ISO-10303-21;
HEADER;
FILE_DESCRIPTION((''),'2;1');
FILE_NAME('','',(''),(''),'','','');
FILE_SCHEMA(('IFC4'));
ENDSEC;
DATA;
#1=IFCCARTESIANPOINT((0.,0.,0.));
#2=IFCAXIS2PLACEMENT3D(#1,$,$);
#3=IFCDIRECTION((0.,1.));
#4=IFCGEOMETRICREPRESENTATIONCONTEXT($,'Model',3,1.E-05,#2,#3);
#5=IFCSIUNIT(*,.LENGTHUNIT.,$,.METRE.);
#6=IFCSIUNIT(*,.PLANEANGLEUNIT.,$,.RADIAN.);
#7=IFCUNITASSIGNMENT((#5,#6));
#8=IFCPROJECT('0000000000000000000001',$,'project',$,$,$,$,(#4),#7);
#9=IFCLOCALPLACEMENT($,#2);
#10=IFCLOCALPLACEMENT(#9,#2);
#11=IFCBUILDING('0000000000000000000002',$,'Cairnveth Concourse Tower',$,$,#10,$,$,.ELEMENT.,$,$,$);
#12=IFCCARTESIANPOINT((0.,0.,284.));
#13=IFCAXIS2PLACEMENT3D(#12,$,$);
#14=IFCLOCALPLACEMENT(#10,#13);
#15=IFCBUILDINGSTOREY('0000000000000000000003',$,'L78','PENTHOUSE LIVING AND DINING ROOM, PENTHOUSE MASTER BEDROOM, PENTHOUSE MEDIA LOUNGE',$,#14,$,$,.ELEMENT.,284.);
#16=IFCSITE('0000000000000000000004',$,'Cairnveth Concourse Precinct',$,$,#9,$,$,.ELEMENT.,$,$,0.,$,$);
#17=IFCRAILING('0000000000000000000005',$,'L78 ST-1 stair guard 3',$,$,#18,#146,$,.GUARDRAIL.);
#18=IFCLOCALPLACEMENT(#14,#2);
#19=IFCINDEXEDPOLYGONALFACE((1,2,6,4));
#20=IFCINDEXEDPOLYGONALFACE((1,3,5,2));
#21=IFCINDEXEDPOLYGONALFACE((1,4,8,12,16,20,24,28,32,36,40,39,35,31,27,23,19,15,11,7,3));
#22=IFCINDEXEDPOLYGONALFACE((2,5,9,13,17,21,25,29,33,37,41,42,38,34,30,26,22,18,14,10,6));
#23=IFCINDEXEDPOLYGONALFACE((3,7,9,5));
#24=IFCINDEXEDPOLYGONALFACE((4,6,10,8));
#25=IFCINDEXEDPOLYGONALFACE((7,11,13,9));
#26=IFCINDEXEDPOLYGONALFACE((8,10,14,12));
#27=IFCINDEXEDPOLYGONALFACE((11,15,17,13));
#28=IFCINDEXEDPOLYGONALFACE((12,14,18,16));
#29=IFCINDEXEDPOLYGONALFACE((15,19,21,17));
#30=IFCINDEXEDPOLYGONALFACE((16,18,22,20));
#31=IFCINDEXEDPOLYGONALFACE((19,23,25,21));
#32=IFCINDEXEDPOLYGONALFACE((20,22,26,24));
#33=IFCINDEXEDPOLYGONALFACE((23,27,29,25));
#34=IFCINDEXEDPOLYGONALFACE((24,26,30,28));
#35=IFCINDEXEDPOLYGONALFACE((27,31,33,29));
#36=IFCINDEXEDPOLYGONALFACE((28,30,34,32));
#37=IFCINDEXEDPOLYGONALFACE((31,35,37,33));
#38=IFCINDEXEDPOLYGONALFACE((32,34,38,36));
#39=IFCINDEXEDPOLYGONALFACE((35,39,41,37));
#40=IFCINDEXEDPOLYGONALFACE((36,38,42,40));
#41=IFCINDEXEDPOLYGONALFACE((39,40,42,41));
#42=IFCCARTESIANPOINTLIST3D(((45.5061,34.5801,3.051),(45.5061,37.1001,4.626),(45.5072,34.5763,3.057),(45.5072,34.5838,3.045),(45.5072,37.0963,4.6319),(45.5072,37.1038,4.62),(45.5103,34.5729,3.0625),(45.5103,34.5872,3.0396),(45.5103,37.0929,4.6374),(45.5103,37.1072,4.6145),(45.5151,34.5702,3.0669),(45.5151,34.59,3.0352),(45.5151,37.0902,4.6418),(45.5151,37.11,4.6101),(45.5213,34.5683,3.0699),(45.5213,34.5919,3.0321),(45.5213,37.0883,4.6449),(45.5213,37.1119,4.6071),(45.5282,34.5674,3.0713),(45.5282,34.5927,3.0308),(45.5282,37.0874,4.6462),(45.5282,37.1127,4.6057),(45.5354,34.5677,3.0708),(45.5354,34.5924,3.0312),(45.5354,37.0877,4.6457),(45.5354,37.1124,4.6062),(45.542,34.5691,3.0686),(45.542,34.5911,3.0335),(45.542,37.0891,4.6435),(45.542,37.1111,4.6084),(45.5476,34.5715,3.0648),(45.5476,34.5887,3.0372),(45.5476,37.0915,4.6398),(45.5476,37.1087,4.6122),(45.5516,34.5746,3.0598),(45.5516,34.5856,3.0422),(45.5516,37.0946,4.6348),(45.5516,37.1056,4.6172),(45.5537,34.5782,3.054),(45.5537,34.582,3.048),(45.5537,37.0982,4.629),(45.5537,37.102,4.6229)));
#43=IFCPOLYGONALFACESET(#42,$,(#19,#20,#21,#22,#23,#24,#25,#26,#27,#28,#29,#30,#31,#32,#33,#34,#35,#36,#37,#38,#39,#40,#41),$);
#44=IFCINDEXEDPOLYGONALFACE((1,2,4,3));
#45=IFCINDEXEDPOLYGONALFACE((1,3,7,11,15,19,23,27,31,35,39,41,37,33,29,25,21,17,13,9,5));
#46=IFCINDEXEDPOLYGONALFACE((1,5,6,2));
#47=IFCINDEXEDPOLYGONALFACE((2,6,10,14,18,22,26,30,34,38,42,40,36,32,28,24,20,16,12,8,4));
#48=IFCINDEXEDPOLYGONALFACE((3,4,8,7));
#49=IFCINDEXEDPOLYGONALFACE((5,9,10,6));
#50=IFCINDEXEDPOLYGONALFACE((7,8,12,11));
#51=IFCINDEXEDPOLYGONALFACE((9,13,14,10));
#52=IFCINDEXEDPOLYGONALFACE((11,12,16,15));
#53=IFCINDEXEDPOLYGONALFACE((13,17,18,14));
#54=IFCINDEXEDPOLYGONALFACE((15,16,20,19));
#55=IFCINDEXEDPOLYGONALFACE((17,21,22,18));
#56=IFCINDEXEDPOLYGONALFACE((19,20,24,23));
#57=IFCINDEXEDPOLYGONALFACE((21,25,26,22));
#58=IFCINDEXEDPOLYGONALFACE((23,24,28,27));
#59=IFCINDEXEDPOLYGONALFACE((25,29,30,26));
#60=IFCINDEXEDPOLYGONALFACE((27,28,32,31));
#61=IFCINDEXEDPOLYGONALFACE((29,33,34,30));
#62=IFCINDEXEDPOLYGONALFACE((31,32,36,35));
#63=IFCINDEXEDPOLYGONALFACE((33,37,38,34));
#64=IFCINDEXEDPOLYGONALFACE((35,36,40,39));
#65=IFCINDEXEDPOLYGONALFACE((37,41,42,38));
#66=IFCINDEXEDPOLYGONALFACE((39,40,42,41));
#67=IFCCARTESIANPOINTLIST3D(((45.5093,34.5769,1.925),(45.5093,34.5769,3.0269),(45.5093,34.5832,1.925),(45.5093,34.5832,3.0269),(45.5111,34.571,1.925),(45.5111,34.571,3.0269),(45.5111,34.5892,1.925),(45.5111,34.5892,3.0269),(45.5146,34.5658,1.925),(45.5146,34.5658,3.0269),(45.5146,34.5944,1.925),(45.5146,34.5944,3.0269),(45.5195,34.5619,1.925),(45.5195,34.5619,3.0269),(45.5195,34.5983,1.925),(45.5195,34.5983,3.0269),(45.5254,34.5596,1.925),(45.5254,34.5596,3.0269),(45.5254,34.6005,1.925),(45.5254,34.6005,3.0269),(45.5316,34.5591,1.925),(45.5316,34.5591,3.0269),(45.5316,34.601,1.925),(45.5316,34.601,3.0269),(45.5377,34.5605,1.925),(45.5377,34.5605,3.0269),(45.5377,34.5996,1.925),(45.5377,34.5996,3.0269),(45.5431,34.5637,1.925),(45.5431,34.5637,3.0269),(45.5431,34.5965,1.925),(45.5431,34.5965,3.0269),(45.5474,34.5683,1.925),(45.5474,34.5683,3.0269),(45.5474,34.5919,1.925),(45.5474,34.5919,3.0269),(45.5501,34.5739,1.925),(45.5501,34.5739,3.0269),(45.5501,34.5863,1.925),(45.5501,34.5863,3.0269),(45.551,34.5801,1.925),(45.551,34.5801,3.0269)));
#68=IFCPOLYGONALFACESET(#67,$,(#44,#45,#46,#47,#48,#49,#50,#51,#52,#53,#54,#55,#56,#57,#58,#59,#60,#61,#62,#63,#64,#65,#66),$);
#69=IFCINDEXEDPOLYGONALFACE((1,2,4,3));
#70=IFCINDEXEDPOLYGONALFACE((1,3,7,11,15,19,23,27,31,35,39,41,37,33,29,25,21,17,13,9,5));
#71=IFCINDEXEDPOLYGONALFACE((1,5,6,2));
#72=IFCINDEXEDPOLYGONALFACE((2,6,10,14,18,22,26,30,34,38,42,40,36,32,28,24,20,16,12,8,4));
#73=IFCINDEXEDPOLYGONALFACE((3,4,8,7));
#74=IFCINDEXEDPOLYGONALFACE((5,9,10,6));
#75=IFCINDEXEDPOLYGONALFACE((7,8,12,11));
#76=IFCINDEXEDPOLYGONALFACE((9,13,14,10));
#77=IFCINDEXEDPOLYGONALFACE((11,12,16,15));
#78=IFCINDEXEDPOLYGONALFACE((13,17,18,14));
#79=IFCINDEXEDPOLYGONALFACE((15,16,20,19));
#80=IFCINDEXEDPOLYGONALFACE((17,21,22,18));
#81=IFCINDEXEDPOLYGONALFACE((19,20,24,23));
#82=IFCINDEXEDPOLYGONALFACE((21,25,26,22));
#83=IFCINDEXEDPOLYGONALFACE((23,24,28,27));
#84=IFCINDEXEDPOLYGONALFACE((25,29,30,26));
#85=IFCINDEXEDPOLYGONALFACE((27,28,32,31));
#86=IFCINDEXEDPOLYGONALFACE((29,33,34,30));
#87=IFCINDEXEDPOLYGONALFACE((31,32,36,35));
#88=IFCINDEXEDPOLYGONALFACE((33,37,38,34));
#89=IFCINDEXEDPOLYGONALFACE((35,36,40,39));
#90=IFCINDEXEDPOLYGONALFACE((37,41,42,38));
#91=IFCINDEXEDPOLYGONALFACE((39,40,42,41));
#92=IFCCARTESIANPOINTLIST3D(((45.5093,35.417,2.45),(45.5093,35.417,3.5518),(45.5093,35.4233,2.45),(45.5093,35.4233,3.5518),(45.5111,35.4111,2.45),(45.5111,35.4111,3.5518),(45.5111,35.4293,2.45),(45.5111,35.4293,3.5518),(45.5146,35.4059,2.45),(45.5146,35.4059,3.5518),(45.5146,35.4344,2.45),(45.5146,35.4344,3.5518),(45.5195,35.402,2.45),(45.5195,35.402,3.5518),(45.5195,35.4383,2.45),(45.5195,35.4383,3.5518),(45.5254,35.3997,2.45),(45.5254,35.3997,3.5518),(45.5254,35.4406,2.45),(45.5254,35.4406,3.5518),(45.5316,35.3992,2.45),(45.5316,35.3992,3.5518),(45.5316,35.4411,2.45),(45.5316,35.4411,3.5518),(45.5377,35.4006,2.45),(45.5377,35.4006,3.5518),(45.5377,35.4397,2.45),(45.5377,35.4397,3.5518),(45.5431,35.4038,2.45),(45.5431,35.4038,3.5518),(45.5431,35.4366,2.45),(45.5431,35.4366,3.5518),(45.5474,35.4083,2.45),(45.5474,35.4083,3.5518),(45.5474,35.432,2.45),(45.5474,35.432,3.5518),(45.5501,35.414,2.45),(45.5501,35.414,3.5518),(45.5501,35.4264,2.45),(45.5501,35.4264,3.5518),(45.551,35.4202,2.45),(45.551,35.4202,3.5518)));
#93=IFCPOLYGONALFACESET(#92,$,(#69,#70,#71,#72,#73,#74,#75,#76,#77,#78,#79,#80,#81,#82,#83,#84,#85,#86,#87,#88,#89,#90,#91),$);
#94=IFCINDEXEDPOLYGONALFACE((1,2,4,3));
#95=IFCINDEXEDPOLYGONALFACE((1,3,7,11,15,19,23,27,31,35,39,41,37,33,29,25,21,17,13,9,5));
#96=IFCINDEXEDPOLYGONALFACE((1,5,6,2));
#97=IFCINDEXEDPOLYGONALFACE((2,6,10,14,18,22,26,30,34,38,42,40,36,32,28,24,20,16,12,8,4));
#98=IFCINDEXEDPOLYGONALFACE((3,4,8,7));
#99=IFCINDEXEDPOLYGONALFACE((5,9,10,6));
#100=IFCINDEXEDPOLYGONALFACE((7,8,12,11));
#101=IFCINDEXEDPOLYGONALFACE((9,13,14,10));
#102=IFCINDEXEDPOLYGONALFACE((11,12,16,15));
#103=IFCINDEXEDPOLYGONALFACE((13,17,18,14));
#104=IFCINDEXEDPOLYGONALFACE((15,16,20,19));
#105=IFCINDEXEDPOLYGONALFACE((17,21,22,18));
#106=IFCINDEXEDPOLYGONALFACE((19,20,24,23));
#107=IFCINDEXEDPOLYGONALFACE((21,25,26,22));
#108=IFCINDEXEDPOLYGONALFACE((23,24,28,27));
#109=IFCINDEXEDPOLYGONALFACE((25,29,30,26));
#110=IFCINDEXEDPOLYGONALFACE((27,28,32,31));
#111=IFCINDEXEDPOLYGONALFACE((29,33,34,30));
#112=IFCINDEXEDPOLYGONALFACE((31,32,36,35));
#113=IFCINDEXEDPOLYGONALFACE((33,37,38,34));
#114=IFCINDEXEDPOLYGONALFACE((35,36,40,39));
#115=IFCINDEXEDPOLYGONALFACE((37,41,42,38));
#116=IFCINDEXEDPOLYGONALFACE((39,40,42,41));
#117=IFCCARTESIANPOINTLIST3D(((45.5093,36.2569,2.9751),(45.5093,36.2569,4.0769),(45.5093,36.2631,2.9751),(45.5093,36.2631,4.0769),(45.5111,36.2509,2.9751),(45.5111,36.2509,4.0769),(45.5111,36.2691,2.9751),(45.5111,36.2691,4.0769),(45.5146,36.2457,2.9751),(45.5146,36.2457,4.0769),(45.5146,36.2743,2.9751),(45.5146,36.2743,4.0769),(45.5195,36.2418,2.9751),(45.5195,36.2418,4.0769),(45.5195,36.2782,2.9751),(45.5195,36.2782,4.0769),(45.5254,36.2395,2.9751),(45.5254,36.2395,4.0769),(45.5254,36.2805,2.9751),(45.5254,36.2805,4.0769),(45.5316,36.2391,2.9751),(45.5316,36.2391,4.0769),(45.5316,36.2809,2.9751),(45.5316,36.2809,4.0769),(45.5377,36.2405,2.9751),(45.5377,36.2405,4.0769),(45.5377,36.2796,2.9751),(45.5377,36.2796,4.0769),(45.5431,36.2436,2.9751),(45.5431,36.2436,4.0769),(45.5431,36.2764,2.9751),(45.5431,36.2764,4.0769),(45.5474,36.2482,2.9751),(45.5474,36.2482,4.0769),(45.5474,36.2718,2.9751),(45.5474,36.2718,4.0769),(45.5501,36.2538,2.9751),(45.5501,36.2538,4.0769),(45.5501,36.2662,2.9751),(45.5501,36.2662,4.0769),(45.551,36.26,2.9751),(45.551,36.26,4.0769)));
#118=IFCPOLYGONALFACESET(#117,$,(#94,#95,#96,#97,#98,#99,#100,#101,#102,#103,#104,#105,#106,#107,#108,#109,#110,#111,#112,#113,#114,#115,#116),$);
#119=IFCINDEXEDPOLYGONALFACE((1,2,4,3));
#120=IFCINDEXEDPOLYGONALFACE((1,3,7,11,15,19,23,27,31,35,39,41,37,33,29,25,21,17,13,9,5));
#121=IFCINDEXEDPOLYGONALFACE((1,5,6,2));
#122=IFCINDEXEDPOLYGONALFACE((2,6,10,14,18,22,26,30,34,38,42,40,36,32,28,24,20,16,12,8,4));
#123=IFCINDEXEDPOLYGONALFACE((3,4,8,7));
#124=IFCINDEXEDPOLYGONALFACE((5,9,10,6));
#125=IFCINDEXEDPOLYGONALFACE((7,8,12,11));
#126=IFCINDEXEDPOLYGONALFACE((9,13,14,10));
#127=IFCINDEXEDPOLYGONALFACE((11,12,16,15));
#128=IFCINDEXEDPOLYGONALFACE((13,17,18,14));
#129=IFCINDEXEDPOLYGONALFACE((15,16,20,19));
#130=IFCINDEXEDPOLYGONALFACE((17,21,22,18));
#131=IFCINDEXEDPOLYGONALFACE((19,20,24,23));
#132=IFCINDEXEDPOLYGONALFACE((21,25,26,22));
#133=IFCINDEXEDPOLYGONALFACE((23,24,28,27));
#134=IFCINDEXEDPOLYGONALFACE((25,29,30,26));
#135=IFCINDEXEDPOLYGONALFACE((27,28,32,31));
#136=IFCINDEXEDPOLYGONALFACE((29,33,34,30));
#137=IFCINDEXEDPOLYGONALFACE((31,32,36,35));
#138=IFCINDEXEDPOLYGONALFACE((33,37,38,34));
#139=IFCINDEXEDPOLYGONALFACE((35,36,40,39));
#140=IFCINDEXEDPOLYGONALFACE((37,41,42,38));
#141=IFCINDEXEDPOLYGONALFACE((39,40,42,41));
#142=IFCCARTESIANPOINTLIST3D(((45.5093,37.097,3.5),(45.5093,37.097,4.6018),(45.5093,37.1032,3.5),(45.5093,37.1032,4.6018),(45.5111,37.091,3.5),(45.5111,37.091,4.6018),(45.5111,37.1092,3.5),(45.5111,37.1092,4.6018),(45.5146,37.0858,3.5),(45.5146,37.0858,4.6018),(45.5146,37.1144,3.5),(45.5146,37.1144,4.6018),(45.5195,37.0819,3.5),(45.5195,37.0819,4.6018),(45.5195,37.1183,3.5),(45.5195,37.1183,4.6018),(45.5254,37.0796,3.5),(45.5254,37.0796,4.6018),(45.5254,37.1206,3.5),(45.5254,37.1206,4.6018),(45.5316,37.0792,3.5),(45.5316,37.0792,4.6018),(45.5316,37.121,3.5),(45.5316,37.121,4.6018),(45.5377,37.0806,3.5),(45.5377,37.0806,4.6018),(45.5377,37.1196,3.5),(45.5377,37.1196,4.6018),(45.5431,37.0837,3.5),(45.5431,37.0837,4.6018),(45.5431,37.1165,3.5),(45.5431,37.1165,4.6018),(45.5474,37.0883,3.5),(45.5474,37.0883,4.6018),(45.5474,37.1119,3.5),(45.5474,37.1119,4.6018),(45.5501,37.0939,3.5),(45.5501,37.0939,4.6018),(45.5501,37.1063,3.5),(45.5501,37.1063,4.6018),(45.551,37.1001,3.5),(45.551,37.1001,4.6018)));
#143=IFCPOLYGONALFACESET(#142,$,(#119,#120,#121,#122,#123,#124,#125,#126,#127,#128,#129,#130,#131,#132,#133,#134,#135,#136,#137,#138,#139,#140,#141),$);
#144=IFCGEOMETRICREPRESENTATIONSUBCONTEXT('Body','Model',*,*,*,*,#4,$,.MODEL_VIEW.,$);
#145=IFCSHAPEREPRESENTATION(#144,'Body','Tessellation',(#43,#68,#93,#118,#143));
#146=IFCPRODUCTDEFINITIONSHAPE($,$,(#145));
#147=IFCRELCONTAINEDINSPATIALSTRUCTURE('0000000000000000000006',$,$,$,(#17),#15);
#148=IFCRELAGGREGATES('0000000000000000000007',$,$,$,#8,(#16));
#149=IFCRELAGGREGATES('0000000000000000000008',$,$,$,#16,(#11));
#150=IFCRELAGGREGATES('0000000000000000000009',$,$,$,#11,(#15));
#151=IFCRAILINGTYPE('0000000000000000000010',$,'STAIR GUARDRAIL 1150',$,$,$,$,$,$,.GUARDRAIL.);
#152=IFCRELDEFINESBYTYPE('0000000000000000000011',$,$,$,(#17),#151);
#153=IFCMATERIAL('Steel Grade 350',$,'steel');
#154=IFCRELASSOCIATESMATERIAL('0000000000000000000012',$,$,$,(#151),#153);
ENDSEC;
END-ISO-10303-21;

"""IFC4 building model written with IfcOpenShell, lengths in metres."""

from ifc_helpers import new_model, si_unit, direction, frame, origin, origin_2d, place, context, subcontext, project, spatial, circle, extrude, material, type_object, element, save


model = new_model("IFC4")

# Units and contexts
model_context = context("Model", 3, precision=1e-05, world=origin(), true_north=direction((0.0, 1.0)))
body_context = subcontext(model_context, "Body", "Model", "MODEL_VIEW")
ifc_project = project(units=[si_unit("LENGTHUNIT", "METRE"), si_unit("PLANEANGLEUNIT", "RADIAN")], contexts=[model_context])

# Site, building, storey
site_placement = place(None, origin())
site = spatial("IfcSite", under=ifc_project, at=site_placement, Name="Cairnveth Concourse Precinct", CompositionType="ELEMENT", RefElevation=0.0)
building_placement = place(site_placement, origin())
building = spatial("IfcBuilding", under=site, at=building_placement, Name="Cairnveth Concourse Tower", CompositionType="ELEMENT")
storey_placement = place(building_placement, frame((0.0, 0.0, 284.0)))
storey = spatial("IfcBuildingStorey", under=building, at=storey_placement, Name="L78", Description="PENTHOUSE LIVING AND DINING ROOM, PENTHOUSE MASTER BEDROOM, PENTHOUSE MEDIA LOUNGE", CompositionType="ELEMENT", Elevation=284.0)

# Shared definitions
ifc_material_1 = material(Name="Steel Grade 350", Category="steel")

# Railing
railing_type_1 = type_object("IfcRailingType", Name="STAIR GUARDRAIL 1150", PredefinedType="GUARDRAIL", material=ifc_material_1)
railing_1_placement = place(storey_placement, frame((45.53, 34.5801, 1.925)))
element("IfcRailing", 1, at=railing_1_placement, inside=storey, type_object=railing_type_1, Name="L78 ST-1 stair guard 3", PredefinedType="GUARDRAIL", context=body_context, shape_type="SweptSolid", body=[
    extrude(circle(Radius=0.0239, at=origin_2d()), frame((0.0, 0.0, 1.126), z_axis=(0.0, 0.848008, 0.529984), x_axis=(-1.0, 0.0, 0.0)), (0.0, 0.0, 1.0), 2.9717),
    extrude(circle(Radius=0.021, at=origin_2d()), origin(), (0.0, 0.0, 1.0), 1.1018),
    extrude(circle(Radius=0.021, at=origin_2d()), frame((0.0, 0.8401, 0.5249)), (0.0, 0.0, 1.0), 1.1018),
    extrude(circle(Radius=0.021, at=origin_2d()), frame((0.0, 1.6799, 1.05)), (0.0, 0.0, 1.0), 1.1018),
    extrude(circle(Radius=0.021, at=origin_2d()), frame((0.0, 2.52, 1.575)), (0.0, 0.0, 1.0), 1.1018),
])

save(model, "model.ifc")
